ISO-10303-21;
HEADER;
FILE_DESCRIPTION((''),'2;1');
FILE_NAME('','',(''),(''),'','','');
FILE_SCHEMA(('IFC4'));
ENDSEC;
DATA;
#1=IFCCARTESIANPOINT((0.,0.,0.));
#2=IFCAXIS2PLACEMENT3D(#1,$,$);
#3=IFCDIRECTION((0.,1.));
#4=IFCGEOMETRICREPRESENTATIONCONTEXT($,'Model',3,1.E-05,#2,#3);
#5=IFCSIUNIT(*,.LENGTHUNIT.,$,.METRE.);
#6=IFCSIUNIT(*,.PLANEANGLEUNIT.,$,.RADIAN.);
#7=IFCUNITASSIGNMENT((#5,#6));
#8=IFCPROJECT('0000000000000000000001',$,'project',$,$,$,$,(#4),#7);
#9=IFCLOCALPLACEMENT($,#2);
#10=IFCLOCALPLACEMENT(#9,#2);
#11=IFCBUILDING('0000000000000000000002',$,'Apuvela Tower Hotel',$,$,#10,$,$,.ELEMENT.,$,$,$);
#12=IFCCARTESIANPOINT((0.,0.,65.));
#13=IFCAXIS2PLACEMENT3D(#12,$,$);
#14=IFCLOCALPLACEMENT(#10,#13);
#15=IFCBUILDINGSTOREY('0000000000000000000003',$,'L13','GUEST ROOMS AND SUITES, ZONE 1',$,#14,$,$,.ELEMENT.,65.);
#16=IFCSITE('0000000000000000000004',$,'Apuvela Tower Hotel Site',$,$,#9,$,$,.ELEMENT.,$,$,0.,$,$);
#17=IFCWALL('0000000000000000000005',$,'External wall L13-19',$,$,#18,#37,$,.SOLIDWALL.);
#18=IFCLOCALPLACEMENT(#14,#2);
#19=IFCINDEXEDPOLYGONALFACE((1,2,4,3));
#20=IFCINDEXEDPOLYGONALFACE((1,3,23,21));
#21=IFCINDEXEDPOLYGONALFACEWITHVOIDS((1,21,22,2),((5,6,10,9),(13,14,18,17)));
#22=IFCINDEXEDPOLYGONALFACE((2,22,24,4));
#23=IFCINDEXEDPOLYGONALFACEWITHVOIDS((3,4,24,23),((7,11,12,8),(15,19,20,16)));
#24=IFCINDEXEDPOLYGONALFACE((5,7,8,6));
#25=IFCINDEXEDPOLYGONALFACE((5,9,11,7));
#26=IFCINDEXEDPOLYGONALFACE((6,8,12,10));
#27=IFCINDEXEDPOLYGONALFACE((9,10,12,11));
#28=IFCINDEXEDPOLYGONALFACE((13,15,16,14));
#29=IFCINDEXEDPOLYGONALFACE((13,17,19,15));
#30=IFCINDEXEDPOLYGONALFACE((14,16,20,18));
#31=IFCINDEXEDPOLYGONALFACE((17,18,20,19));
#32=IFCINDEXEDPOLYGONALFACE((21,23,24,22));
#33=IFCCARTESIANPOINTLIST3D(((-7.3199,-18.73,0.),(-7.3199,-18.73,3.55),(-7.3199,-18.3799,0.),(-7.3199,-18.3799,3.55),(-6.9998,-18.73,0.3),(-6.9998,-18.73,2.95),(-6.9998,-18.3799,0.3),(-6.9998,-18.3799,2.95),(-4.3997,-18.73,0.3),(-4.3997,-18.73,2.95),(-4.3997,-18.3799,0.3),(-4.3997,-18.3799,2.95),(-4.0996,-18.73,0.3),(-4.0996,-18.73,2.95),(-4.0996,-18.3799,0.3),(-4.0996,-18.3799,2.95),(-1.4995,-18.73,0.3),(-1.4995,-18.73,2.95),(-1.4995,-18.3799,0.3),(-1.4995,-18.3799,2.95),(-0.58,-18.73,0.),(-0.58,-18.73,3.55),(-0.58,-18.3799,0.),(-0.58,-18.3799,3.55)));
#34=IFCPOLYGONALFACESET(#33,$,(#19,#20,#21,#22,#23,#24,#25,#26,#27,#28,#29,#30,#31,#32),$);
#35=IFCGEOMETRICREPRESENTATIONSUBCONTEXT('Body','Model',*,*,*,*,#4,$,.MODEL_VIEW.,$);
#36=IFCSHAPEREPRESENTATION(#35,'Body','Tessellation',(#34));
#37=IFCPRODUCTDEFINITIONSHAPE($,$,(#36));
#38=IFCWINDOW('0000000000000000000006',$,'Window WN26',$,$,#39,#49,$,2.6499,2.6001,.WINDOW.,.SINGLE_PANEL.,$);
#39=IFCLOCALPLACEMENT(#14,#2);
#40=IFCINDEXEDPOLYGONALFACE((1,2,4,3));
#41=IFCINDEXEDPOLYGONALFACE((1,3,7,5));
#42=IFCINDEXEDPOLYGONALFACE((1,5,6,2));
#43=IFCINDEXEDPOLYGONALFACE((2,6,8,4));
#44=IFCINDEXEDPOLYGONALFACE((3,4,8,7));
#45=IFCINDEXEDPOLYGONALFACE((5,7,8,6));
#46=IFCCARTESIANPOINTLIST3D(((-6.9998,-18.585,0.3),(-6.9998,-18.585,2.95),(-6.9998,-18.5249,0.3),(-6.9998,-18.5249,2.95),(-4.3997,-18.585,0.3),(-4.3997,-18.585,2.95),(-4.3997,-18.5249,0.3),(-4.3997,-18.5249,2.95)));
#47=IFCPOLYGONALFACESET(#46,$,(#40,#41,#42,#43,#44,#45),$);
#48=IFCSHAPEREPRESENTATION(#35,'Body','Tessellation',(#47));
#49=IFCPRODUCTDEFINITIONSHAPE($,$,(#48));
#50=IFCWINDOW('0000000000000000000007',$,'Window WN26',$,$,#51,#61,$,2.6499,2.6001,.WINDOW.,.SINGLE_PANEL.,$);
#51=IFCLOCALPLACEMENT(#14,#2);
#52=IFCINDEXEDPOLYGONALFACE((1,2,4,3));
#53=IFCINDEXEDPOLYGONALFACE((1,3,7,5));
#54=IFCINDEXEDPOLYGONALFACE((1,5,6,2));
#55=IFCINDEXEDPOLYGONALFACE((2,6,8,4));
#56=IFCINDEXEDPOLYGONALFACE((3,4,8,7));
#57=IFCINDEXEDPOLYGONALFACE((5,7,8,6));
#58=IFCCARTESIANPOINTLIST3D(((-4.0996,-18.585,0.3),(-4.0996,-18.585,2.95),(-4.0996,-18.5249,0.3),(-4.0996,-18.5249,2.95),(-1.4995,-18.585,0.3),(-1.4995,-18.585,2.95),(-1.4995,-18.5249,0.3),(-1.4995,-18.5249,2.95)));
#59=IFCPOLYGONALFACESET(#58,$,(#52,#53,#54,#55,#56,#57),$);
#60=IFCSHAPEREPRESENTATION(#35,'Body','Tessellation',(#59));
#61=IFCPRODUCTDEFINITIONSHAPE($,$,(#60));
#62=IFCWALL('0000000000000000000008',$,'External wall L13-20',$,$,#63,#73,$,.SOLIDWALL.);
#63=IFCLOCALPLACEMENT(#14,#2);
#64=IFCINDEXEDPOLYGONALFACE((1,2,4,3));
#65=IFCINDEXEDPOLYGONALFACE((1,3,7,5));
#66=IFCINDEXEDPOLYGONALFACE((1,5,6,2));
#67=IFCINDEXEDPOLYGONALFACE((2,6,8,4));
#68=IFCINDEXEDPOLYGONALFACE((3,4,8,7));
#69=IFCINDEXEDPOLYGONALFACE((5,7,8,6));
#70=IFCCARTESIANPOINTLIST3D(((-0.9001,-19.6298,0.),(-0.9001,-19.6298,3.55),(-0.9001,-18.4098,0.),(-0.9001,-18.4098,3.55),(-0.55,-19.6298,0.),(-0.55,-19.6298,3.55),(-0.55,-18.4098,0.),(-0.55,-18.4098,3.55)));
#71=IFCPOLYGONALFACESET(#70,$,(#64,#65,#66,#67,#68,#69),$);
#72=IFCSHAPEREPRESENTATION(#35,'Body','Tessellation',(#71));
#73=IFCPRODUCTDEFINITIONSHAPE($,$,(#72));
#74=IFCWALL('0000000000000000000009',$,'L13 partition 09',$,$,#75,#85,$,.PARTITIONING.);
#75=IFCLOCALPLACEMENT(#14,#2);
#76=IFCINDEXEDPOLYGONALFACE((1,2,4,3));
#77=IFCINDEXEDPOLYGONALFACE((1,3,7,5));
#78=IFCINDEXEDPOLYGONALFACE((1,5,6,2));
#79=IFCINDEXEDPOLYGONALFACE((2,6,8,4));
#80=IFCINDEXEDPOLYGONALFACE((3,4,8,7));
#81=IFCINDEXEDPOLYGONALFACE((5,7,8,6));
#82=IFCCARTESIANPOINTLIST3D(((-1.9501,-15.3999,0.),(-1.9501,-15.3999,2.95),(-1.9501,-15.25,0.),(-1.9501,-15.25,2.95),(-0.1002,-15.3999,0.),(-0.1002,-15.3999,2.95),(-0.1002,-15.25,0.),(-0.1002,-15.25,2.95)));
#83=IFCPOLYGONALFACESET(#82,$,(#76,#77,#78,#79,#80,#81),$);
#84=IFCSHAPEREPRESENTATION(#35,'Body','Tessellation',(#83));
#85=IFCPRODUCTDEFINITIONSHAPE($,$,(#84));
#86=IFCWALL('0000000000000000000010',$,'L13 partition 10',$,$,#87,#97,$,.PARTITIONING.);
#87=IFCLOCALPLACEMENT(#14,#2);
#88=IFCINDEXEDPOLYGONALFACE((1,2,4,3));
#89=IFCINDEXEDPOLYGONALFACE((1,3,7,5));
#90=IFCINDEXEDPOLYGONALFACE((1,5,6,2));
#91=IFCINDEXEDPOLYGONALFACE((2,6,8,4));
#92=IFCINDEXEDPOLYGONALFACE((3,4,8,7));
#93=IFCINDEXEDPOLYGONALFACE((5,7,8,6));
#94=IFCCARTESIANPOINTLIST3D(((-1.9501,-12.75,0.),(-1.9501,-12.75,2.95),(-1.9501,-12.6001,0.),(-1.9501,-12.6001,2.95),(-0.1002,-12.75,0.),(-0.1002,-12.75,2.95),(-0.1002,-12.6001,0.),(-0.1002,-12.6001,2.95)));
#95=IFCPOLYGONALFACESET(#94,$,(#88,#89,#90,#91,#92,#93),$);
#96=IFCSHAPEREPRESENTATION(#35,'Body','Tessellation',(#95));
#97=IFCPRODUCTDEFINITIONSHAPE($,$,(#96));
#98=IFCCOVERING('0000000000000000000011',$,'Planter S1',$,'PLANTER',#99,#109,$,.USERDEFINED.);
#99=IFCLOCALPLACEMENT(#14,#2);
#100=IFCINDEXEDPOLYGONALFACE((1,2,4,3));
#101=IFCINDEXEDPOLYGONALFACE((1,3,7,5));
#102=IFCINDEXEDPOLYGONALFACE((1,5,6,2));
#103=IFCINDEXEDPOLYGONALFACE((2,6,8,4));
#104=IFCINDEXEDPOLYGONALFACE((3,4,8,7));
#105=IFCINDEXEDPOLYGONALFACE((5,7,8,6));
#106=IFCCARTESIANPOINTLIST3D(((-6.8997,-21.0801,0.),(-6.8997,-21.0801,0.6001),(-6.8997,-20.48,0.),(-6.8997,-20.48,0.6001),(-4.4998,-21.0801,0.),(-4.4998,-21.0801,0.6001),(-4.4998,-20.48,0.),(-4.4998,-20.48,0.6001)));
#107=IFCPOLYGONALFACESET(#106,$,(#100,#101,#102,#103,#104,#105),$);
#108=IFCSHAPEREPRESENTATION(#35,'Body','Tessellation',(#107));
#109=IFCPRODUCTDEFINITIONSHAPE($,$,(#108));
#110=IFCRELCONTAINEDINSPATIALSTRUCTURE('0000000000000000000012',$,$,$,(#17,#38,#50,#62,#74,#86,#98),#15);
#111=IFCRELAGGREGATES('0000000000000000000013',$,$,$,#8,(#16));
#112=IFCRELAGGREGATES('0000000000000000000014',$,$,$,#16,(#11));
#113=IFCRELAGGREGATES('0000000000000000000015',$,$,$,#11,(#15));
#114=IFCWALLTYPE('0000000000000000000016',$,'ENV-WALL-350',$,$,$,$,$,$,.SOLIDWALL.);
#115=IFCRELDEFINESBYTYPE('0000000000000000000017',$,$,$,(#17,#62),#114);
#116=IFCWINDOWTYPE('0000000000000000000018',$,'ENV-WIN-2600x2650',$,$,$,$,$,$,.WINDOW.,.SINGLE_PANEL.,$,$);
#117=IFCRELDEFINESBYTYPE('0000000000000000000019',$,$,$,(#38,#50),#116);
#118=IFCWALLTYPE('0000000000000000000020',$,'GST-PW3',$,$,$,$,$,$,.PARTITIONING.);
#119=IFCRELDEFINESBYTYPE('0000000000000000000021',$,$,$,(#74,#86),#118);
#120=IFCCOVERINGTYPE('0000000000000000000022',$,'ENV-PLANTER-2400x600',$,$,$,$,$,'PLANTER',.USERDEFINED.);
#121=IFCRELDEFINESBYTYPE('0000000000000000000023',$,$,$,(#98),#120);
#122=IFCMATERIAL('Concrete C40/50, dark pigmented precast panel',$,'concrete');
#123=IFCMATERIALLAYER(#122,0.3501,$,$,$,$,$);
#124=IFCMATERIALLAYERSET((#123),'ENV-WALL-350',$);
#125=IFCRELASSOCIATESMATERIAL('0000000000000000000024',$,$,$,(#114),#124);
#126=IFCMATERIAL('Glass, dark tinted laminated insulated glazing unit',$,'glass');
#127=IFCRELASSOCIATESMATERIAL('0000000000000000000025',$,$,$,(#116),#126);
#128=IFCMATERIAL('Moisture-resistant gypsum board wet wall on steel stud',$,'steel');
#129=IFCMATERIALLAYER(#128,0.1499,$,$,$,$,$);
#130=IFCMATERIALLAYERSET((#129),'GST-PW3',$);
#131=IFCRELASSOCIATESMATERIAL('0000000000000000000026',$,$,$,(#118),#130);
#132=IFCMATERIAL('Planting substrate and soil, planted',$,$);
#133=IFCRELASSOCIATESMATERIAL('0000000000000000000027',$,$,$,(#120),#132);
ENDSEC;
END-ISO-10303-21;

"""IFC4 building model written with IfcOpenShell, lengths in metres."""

from ifc_helpers import new_model, si_unit, direction, frame, frame_2d, origin, origin_2d, place, context, subcontext, project, spatial, rectangle, extrude, material, layer, layer_set, type_object, element, fill, save


model = new_model("IFC4")

# Units and contexts
model_context = context("Model", 3, precision=1e-05, world=origin(), true_north=direction((0.0, 1.0)))
body_context = subcontext(model_context, "Body", "Model", "MODEL_VIEW")
ifc_project = project(units=[si_unit("LENGTHUNIT", "METRE"), si_unit("PLANEANGLEUNIT", "RADIAN")], contexts=[model_context])

# Site, building, storey
site_placement = place(None, origin())
site = spatial("IfcSite", under=ifc_project, at=site_placement, Name="Apuvela Tower Hotel Site", CompositionType="ELEMENT", RefElevation=0.0)
building_placement = place(site_placement, origin())
building = spatial("IfcBuilding", under=site, at=building_placement, Name="Apuvela Tower Hotel", CompositionType="ELEMENT")
storey_placement = place(building_placement, frame((0.0, 0.0, 65.0)))
storey = spatial("IfcBuildingStorey", under=building, at=storey_placement, Name="L13", Description="GUEST ROOMS AND SUITES, ZONE 1", CompositionType="ELEMENT", Elevation=65.0)

# Shared definitions
ifc_material_1 = material(Name="Concrete C40/50, dark pigmented precast panel", Category="concrete")
ifc_layer_1 = layer(ifc_material_1, 0.3501)
ifc_layer_set_1 = layer_set([ifc_layer_1], Name="ENV-WALL-350")
wall_type_1 = type_object("IfcWallType", Name="ENV-WALL-350", PredefinedType="SOLIDWALL", material=ifc_layer_set_1)

# Wall, openings, windows
wall_1_placement = place(storey_placement, frame((-7.3201, -18.5549, 0.0), z_axis=(0.0, 0.0, 1.0), x_axis=(1.0, 0.0, 0.0)))
wall_1 = element("IfcWall", 1, at=wall_1_placement, inside=storey, type_object=wall_type_1, Name="External wall L13-19", PredefinedType="SOLIDWALL", context=body_context, shape_type="SweptSolid", body=[
    extrude(rectangle(XDim=6.74, YDim=0.3501, at=frame_2d((3.3701, 0.0))), origin(), (0.0, 0.0, 1.0), 3.55),
])
opening_1_placement = place(wall_1_placement, frame((0.3203, 0.0, 0.3)))
opening_1 = element("IfcOpeningElement", 2, at=opening_1_placement, cuts=wall_1, PredefinedType="OPENING", context=body_context, shape_type="SweptSolid", body=[
    extrude(rectangle(XDim=2.6001, YDim=2.6499, at=frame_2d((1.3, 1.325))), frame((0.0, 0.1851, 0.0), z_axis=(0.0, -1.0, 0.0), x_axis=(1.0, 0.0, 0.0)), (0.0, 0.0, 1.0), 0.3701),
])
opening_2_placement = place(wall_1_placement, frame((3.2205, 0.0, 0.3)))
opening_2 = element("IfcOpeningElement", 3, at=opening_2_placement, cuts=wall_1, PredefinedType="OPENING", context=body_context, shape_type="SweptSolid", body=[
    extrude(rectangle(XDim=2.6001, YDim=2.6499, at=frame_2d((1.3, 1.325))), frame((0.0, 0.1851, 0.0), z_axis=(0.0, -1.0, 0.0), x_axis=(1.0, 0.0, 0.0)), (0.0, 0.0, 1.0), 0.3701),
])
ifc_material_2 = material(Name="Glass, dark tinted laminated insulated glazing unit", Category="glass")
window_type_1 = type_object("IfcWindowType", Name="ENV-WIN-2600x2650", PartitioningType="SINGLE_PANEL", PredefinedType="WINDOW", material=ifc_material_2)
window_1_placement = place(opening_1_placement, origin())
window_1 = element("IfcWindow", 4, at=window_1_placement, inside=storey, type_object=window_type_1, Name="Window WN26", OverallHeight=2.6499, OverallWidth=2.6001, PartitioningType="SINGLE_PANEL", PredefinedType="WINDOW", context=body_context, shape_type="SweptSolid", body=[
    extrude(rectangle(XDim=2.6001, YDim=2.6499, at=frame_2d((1.3, 1.325))), frame((0.0, 0.03, 0.0), z_axis=(0.0, -1.0, 0.0), x_axis=(1.0, 0.0, 0.0)), (0.0, 0.0, 1.0), 0.0601),
])
fill(opening_1, window_1)
window_2_placement = place(opening_2_placement, origin())
window_2 = element("IfcWindow", 5, at=window_2_placement, inside=storey, type_object=window_type_1, Name="Window WN26", OverallHeight=2.6499, OverallWidth=2.6001, PartitioningType="SINGLE_PANEL", PredefinedType="WINDOW", context=body_context, shape_type="SweptSolid", body=[
    extrude(rectangle(XDim=2.6001, YDim=2.6499, at=frame_2d((1.3, 1.325))), frame((0.0, 0.03, 0.0), z_axis=(0.0, -1.0, 0.0), x_axis=(1.0, 0.0, 0.0)), (0.0, 0.0, 1.0), 0.0601),
])
fill(opening_2, window_2)

# Wall
wall_2_placement = place(storey_placement, frame((-0.7251, -18.4099, 0.0), z_axis=(0.0, 0.0, 1.0), x_axis=(0.0, -1.0, 0.0)))
element("IfcWall", 6, at=wall_2_placement, inside=storey, type_object=wall_type_1, Name="External wall L13-20", PredefinedType="SOLIDWALL", context=body_context, shape_type="SweptSolid", body=[
    extrude(rectangle(XDim=1.22, YDim=0.3501, at=frame_2d((0.6099, 0.0))), origin(), (0.0, 0.0, 1.0), 3.55),
])

# Walls
ifc_material_3 = material(Name="Moisture-resistant gypsum board wet wall on steel stud", Category="steel")
ifc_layer_2 = layer(ifc_material_3, 0.1499)
ifc_layer_set_2 = layer_set([ifc_layer_2], Name="GST-PW3")
wall_type_2 = type_object("IfcWallType", Name="GST-PW3", PredefinedType="PARTITIONING", material=ifc_layer_set_2)
for number, where, z_axis, x_axis, name in (
    (7, (-1.95, -15.325, 0.0), (0.0, 0.0, 1.0), (1.0, 0.0, 0.0), "L13 partition 09"),
    (8, (-1.95, -12.675, 0.0), (0.0, 0.0, 1.0), (1.0, 0.0, 0.0), "L13 partition 10"),
):
    element("IfcWall", number, at=place(storey_placement, frame(where, z_axis=z_axis, x_axis=x_axis)), inside=storey, type_object=wall_type_2, Name=name, PredefinedType="PARTITIONING", context=body_context, shape_type="SweptSolid", body=[
        extrude(rectangle(XDim=1.8499, YDim=0.1499, at=frame_2d((0.9248, 0.0))), origin(), (0.0, 0.0, 1.0), 2.95),
    ])

# Covering
ifc_material_4 = material(Name="Planting substrate and soil, planted")
covering_type = type_object("IfcCoveringType", Name="ENV-PLANTER-2400x600", ElementType="PLANTER", PredefinedType="USERDEFINED", material=ifc_material_4)
covering_placement = place(storey_placement, frame((-5.6997, -20.78, 0.0), z_axis=(0.0, 0.0, 1.0), x_axis=(1.0, 0.0, 0.0)))
element("IfcCovering", 9, at=covering_placement, inside=storey, type_object=covering_type, Name="Planter S1", ObjectType="PLANTER", PredefinedType="USERDEFINED", context=body_context, shape_type="SweptSolid", body=[
    extrude(rectangle(XDim=2.3999, YDim=0.6001, at=origin_2d()), origin(), (0.0, 0.0, 1.0), 0.6001),
])

save(model, "model.ifc")
